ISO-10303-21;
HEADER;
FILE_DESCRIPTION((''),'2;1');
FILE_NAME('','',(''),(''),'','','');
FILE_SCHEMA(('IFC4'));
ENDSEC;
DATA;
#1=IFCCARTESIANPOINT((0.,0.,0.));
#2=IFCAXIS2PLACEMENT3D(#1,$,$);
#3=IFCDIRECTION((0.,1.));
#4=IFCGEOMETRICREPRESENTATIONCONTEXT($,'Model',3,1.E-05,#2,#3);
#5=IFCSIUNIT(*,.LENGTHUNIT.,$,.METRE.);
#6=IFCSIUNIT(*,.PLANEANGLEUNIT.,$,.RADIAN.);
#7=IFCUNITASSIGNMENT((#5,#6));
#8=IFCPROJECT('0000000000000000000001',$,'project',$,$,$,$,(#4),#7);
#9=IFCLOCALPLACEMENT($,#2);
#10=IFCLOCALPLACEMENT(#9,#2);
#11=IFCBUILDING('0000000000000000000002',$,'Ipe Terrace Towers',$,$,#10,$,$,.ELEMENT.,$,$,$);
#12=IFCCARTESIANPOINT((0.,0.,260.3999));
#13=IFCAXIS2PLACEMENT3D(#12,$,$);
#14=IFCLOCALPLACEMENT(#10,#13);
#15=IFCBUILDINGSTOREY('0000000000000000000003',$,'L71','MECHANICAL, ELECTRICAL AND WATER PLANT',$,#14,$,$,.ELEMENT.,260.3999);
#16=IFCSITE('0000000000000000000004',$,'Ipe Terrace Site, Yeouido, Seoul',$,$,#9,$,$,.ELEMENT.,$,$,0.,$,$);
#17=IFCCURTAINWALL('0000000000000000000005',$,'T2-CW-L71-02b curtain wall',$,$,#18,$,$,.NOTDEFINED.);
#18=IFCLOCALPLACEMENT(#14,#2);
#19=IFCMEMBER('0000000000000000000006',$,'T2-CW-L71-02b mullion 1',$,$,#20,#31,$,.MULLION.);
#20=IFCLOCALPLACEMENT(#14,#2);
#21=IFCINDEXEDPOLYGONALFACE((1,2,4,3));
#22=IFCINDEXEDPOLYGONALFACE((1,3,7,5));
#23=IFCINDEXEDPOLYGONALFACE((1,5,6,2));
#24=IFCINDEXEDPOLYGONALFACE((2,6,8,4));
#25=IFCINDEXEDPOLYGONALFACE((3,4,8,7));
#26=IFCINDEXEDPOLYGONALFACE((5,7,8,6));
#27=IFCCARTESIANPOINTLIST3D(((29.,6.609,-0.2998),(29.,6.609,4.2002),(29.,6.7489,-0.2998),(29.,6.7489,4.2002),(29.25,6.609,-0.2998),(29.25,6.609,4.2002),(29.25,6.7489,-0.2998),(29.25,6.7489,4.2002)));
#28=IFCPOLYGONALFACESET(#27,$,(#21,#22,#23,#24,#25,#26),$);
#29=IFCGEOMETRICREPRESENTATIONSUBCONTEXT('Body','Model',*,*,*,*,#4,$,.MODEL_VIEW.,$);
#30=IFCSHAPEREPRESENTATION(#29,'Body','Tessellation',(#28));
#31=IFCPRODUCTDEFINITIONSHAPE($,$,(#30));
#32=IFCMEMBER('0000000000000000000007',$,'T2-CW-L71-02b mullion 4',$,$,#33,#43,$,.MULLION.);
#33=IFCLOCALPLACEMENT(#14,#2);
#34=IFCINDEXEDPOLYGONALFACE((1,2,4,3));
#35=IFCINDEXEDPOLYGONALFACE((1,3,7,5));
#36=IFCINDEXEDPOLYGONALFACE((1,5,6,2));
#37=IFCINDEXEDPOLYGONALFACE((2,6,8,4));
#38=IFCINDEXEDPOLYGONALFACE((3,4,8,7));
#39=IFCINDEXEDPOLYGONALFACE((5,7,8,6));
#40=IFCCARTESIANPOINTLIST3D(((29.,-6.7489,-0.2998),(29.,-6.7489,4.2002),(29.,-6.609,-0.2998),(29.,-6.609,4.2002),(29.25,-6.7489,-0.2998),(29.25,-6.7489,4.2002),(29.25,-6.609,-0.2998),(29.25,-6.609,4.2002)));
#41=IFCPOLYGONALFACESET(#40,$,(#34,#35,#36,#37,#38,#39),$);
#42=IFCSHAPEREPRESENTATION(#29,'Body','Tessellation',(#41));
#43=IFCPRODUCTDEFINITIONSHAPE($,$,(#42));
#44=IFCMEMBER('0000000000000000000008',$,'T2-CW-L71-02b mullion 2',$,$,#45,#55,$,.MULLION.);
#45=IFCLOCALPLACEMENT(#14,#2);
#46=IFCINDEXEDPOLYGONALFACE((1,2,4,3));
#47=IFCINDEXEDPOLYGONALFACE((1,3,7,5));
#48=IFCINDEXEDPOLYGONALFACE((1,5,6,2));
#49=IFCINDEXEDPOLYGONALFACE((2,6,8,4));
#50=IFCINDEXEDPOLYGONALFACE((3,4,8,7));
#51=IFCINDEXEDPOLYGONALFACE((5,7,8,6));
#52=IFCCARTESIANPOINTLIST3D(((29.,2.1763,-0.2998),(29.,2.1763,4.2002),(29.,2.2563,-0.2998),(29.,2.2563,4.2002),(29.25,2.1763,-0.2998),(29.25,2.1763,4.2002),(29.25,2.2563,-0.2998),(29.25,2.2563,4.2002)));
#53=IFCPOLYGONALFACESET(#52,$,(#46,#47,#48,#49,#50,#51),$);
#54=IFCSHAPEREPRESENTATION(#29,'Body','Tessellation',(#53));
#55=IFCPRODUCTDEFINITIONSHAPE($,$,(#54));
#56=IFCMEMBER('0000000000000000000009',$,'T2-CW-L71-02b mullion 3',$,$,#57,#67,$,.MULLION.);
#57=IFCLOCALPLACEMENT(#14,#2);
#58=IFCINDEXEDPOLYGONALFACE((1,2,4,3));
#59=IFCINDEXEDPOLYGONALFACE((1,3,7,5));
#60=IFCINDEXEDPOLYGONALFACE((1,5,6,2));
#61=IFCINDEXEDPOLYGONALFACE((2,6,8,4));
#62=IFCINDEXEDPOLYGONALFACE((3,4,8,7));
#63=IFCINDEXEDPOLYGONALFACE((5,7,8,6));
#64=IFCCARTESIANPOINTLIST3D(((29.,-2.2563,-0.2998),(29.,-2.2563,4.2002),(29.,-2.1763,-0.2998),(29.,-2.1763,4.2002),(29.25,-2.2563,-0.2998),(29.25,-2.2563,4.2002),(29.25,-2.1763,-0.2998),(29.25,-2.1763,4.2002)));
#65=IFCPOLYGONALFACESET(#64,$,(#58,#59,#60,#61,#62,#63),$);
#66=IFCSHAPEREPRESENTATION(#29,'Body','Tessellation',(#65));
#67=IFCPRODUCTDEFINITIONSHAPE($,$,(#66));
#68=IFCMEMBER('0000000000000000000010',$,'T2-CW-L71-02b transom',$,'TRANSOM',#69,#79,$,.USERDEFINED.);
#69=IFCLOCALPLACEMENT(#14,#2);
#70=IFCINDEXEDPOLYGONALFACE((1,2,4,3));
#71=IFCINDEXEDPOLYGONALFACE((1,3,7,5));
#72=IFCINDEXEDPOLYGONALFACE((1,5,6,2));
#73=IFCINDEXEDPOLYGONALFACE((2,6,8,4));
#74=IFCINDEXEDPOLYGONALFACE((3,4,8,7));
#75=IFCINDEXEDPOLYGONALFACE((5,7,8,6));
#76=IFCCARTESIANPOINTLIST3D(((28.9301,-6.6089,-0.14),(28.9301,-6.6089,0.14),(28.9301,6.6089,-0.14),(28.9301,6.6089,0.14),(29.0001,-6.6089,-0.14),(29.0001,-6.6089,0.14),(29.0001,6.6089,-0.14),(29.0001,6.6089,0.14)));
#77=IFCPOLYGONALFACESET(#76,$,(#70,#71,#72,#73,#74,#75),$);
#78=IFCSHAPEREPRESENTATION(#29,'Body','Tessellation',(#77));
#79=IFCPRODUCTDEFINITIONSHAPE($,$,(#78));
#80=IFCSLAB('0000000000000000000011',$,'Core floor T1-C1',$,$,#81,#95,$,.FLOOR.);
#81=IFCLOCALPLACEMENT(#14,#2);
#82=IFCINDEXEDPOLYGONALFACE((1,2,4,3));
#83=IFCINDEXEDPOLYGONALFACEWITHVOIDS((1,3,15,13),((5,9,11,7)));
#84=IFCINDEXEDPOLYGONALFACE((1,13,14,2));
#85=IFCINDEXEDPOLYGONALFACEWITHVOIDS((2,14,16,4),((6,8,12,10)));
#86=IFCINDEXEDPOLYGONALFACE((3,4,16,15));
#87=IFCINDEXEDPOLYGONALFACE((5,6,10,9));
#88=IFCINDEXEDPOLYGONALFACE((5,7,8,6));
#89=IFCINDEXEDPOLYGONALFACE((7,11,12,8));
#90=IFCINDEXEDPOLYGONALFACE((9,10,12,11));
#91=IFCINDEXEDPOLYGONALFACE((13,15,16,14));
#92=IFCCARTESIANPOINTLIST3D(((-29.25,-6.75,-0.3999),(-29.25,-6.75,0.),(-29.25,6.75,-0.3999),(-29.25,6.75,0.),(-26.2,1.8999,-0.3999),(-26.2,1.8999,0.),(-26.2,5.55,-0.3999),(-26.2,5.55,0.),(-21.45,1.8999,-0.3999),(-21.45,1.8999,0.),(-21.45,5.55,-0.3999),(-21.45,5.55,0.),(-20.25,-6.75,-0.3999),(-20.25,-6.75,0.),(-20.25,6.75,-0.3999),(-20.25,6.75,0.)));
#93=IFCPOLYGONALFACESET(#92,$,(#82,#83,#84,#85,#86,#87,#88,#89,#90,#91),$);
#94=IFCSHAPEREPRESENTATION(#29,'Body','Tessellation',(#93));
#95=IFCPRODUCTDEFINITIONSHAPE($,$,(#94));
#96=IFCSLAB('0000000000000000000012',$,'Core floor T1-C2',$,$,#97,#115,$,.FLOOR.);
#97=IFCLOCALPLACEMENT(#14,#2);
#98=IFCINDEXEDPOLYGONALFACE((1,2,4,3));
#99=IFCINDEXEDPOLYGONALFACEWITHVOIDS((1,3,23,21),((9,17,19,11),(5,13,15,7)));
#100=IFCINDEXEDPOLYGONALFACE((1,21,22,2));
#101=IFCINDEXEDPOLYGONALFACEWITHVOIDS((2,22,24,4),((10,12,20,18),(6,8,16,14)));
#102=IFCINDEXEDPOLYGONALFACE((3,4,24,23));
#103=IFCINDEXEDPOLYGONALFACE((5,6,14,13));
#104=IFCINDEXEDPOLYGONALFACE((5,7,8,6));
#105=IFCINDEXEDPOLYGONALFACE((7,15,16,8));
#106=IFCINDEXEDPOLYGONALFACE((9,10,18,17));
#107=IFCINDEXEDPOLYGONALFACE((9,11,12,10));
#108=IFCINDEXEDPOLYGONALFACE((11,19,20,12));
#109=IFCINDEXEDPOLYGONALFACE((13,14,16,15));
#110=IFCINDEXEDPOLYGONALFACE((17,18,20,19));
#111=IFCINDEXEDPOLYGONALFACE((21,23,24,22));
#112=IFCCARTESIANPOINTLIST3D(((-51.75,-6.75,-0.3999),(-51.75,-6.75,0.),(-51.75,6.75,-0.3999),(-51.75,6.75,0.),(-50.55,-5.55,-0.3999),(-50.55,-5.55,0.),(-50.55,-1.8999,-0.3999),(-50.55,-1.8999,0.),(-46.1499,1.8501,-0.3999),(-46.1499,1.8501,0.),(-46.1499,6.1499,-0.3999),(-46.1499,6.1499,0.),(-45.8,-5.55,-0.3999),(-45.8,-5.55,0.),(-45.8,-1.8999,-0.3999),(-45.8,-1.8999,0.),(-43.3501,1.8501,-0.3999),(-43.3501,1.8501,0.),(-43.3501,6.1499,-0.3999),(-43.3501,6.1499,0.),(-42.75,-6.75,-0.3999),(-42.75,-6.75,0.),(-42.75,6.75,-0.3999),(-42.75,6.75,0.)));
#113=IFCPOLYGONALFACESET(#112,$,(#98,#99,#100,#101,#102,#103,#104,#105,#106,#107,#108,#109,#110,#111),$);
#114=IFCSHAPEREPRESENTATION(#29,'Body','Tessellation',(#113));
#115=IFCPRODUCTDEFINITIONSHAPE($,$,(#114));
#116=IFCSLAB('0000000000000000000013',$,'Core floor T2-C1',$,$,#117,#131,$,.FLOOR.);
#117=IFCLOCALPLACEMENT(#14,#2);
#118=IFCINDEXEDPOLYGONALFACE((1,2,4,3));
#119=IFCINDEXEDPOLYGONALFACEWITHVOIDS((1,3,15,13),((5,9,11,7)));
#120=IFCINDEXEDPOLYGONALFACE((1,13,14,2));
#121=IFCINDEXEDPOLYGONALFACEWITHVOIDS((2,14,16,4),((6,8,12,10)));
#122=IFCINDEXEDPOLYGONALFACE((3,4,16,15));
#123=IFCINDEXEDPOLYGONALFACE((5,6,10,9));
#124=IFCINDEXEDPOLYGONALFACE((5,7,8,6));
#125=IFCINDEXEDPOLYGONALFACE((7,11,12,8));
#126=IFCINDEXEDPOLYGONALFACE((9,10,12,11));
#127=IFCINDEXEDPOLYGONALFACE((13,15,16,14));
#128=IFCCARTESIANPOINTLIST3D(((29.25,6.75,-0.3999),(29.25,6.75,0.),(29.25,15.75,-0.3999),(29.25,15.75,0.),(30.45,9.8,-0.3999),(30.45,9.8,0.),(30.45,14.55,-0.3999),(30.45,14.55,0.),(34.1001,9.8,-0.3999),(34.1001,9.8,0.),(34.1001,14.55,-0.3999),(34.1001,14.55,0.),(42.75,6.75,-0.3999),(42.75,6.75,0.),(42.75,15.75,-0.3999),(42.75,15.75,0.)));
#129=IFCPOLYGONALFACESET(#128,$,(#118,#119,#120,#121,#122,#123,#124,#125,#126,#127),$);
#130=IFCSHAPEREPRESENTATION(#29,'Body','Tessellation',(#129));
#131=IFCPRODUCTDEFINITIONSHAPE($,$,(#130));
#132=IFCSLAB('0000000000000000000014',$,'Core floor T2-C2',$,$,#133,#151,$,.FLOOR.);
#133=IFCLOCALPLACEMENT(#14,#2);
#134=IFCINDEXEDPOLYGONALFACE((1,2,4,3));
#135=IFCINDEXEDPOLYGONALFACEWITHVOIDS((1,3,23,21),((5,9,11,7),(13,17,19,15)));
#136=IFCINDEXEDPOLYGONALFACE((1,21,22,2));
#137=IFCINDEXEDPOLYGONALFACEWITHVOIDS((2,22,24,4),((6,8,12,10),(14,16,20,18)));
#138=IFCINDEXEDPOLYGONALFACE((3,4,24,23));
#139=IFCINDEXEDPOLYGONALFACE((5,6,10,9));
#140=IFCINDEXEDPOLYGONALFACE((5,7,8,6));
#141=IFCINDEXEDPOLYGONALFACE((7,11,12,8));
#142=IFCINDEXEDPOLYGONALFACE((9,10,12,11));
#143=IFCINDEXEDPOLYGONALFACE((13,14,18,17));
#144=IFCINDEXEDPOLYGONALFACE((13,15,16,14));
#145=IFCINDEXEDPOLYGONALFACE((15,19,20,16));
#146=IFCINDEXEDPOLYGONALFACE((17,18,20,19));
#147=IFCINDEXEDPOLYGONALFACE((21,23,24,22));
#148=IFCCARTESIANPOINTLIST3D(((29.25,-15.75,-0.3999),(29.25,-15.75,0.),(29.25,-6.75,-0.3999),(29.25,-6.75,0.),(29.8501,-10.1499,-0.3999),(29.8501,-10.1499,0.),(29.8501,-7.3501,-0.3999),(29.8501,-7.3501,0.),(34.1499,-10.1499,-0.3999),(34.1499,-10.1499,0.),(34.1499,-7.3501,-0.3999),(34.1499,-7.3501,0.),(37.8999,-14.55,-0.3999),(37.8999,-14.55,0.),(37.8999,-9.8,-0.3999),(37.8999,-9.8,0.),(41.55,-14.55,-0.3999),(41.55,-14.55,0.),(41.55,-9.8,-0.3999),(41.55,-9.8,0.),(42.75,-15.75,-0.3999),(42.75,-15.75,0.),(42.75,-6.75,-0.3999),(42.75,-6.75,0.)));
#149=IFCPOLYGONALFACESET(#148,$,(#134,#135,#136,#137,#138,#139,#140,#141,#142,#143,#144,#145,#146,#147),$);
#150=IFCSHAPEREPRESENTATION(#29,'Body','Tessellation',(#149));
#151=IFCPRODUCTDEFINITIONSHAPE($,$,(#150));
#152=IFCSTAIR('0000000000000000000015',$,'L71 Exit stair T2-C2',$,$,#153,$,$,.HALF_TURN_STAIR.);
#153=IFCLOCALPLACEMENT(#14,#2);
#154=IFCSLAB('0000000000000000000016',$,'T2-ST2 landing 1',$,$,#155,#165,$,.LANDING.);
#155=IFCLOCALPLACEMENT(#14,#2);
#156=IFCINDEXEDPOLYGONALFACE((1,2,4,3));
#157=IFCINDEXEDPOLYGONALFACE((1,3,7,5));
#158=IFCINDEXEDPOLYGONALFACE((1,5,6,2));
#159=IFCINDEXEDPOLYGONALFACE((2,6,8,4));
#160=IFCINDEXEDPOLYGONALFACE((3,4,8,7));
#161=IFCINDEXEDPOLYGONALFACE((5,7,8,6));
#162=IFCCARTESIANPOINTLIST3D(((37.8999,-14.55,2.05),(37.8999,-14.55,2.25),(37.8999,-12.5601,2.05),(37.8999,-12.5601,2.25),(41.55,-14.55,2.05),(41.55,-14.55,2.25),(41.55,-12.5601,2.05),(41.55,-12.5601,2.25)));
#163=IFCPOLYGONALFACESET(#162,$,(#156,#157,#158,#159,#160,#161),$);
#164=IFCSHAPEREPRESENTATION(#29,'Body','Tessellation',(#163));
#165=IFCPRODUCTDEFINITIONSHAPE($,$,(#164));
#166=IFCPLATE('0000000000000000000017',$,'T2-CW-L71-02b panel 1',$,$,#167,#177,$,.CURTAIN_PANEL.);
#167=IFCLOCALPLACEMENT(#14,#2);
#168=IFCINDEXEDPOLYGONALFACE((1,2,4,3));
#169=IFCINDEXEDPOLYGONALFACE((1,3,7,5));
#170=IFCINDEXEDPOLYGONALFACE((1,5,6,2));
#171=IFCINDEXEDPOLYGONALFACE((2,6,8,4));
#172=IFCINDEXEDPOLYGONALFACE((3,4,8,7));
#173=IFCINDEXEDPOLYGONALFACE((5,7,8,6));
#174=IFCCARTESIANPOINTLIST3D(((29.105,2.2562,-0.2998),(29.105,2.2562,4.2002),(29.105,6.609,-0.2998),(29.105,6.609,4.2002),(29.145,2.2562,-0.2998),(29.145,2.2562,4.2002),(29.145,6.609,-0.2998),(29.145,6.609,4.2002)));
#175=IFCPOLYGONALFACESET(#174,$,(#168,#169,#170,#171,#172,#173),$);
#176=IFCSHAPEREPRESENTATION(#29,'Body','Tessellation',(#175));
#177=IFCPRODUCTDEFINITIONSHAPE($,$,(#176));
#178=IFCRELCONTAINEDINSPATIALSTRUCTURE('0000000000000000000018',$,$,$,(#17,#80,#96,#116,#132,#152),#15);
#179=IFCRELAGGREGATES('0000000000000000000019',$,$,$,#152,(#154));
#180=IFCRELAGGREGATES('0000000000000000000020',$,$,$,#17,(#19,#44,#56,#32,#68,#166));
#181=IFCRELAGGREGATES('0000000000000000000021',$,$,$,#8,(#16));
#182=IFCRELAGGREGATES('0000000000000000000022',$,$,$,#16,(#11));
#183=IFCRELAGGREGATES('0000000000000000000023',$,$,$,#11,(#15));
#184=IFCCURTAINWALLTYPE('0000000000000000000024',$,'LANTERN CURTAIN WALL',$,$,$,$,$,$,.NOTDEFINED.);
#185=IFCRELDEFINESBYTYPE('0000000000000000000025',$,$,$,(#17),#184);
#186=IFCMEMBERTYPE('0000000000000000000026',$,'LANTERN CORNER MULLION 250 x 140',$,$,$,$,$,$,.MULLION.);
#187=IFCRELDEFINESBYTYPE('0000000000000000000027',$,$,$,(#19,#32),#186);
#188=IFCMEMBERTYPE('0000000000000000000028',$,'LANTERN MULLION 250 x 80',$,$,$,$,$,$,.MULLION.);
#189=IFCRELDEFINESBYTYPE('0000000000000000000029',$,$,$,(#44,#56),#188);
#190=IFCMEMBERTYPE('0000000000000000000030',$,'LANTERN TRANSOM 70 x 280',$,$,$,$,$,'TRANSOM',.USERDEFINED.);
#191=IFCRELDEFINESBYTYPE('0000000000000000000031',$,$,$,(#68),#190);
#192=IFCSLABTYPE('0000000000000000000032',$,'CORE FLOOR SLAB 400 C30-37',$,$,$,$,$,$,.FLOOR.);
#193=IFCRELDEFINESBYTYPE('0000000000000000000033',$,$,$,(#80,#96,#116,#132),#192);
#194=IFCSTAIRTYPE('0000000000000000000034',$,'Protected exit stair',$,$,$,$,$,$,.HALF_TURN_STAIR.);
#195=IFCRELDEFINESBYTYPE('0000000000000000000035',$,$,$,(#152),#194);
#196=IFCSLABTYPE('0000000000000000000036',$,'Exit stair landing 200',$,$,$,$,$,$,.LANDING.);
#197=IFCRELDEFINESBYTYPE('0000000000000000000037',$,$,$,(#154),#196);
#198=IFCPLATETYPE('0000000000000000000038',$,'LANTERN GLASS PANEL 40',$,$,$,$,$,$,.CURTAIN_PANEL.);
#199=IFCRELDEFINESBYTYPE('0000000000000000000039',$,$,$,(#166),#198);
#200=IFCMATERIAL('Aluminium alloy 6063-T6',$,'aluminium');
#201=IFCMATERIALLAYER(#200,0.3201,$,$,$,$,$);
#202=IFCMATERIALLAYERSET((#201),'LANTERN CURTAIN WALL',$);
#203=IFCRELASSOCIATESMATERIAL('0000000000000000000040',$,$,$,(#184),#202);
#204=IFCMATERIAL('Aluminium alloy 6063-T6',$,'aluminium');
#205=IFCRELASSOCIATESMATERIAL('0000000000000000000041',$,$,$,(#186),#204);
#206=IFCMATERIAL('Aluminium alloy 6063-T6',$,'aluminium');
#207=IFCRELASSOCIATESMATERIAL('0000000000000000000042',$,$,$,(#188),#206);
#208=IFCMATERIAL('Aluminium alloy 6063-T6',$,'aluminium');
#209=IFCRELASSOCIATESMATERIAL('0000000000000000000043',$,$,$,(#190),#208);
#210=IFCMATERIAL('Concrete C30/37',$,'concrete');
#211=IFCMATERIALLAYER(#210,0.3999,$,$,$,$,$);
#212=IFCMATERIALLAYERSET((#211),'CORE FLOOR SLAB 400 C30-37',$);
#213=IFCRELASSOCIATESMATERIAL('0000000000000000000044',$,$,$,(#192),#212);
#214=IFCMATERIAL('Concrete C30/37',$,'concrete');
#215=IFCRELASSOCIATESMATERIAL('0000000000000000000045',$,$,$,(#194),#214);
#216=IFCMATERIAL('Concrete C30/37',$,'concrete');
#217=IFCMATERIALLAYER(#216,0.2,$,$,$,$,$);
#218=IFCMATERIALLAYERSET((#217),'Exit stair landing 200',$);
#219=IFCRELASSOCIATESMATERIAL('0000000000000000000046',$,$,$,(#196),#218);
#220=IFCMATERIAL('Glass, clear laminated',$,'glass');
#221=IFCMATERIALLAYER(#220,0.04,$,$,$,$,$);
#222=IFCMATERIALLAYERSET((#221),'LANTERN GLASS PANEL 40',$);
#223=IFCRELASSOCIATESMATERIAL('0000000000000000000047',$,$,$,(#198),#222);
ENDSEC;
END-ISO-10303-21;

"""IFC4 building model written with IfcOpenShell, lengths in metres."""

from ifc_helpers import new_model, si_unit, direction, frame, origin, origin_2d, place, context, subcontext, project, spatial, polyline, rectangle, outline, extrude, material, layer, layer_set, material_profile, profile_set, type_object, element, aggregate, save


model = new_model("IFC4")

# Units and contexts
model_context = context("Model", 3, precision=1e-05, world=origin(), true_north=direction((0.0, 1.0)))
body_context = subcontext(model_context, "Body", "Model", "MODEL_VIEW")
ifc_project = project(units=[si_unit("LENGTHUNIT", "METRE"), si_unit("PLANEANGLEUNIT", "RADIAN")], contexts=[model_context])

# Site, building, storey
site_placement = place(None, origin())
site = spatial("IfcSite", under=ifc_project, at=site_placement, Name="Ipe Terrace Site, Yeouido, Seoul", CompositionType="ELEMENT", RefElevation=0.0)
building_placement = place(site_placement, origin())
building = spatial("IfcBuilding", under=site, at=building_placement, Name="Ipe Terrace Towers", CompositionType="ELEMENT")
storey_placement = place(building_placement, frame((0.0, 0.0, 260.3999)))
storey = spatial("IfcBuildingStorey", under=building, at=storey_placement, Name="L71", Description="MECHANICAL, ELECTRICAL AND WATER PLANT", CompositionType="ELEMENT", Elevation=260.3999)

# Curtain wall, members
ifc_material_1 = material(Name="Aluminium alloy 6063-T6", Category="aluminium")
ifc_layer_1 = layer(ifc_material_1, 0.3201)
ifc_layer_set_1 = layer_set([ifc_layer_1], Name="LANTERN CURTAIN WALL")
curtain_wall_type = type_object("IfcCurtainWallType", Name="LANTERN CURTAIN WALL", PredefinedType="NOTDEFINED", material=ifc_layer_set_1)
curtain_wall_placement = place(storey_placement, origin())
curtain_wall = element("IfcCurtainWall", 1, at=curtain_wall_placement, inside=storey, type_object=curtain_wall_type, Name="T2-CW-L71-02b curtain wall", PredefinedType="NOTDEFINED")
ifc_material_2 = material(Name="Aluminium alloy 6063-T6", Category="aluminium")
ifc_material_profile_1 = material_profile(ifc_material_2, rectangle(XDim=0.25, YDim=0.1399, at=origin_2d()), Name="LANTERN CORNER MULLION 250 x 140")
ifc_profile_set_1 = profile_set([ifc_material_profile_1], Name="Aluminium alloy 6063-T6")
member_type_1 = type_object("IfcMemberType", Name="LANTERN CORNER MULLION 250 x 140", PredefinedType="MULLION", material=ifc_profile_set_1)
member_1_placement = place(storey_placement, frame((29.125, 6.679, -0.2998), z_axis=(0.0, 0.0, 1.0), x_axis=(-1.0, 0.0, 0.0)))
member_1 = element("IfcMember", 2, at=member_1_placement, type_object=member_type_1, Name="T2-CW-L71-02b mullion 1", PredefinedType="MULLION", context=body_context, shape_type="SweptSolid", body=[
    extrude(rectangle(XDim=0.25, YDim=0.1399, at=origin_2d()), origin(), (0.0, 0.0, 1.0), 4.5),
])
member_2_placement = place(storey_placement, frame((29.125, -6.679, -0.2998), z_axis=(0.0, 0.0, 1.0), x_axis=(-1.0, 0.0, 0.0)))
member_2 = element("IfcMember", 3, at=member_2_placement, type_object=member_type_1, Name="T2-CW-L71-02b mullion 4", PredefinedType="MULLION", context=body_context, shape_type="SweptSolid", body=[
    extrude(rectangle(XDim=0.25, YDim=0.1399, at=origin_2d()), origin(), (0.0, 0.0, 1.0), 4.5),
])
ifc_material_3 = material(Name="Aluminium alloy 6063-T6", Category="aluminium")
ifc_material_profile_2 = material_profile(ifc_material_3, rectangle(XDim=0.25, YDim=0.0801, at=origin_2d()), Name="LANTERN MULLION 250 x 80")
ifc_profile_set_2 = profile_set([ifc_material_profile_2], Name="Aluminium alloy 6063-T6")
member_type_2 = type_object("IfcMemberType", Name="LANTERN MULLION 250 x 80", PredefinedType="MULLION", material=ifc_profile_set_2)
member_3_placement = place(storey_placement, frame((29.125, 2.2163, -0.2998), z_axis=(0.0, 0.0, 1.0), x_axis=(-1.0, 0.0, 0.0)))
member_3 = element("IfcMember", 4, at=member_3_placement, type_object=member_type_2, Name="T2-CW-L71-02b mullion 2", PredefinedType="MULLION", context=body_context, shape_type="SweptSolid", body=[
    extrude(rectangle(XDim=0.25, YDim=0.0801, at=origin_2d()), origin(), (0.0, 0.0, 1.0), 4.5),
])
member_4_placement = place(storey_placement, frame((29.125, -2.2163, -0.2998), z_axis=(0.0, 0.0, 1.0), x_axis=(-1.0, 0.0, 0.0)))
member_4 = element("IfcMember", 5, at=member_4_placement, type_object=member_type_2, Name="T2-CW-L71-02b mullion 3", PredefinedType="MULLION", context=body_context, shape_type="SweptSolid", body=[
    extrude(rectangle(XDim=0.25, YDim=0.0801, at=origin_2d()), origin(), (0.0, 0.0, 1.0), 4.5),
])
ifc_material_4 = material(Name="Aluminium alloy 6063-T6", Category="aluminium")
ifc_material_profile_3 = material_profile(ifc_material_4, rectangle(XDim=0.0701, YDim=0.28, at=origin_2d()), Name="LANTERN TRANSOM 70 x 280")
ifc_profile_set_3 = profile_set([ifc_material_profile_3], Name="Aluminium alloy 6063-T6")
member_type_3 = type_object("IfcMemberType", Name="LANTERN TRANSOM 70 x 280", ElementType="TRANSOM", PredefinedType="USERDEFINED", material=ifc_profile_set_3)
member_5_placement = place(storey_placement, frame((28.9651, 6.6089, 0.0), z_axis=(0.0, -1.0, 0.0), x_axis=(-1.0, 0.0, 0.0)))
member_5 = element("IfcMember", 6, at=member_5_placement, type_object=member_type_3, Name="T2-CW-L71-02b transom", ObjectType="TRANSOM", PredefinedType="USERDEFINED", context=body_context, shape_type="SweptSolid", body=[
    extrude(rectangle(XDim=0.0701, YDim=0.28, at=origin_2d()), origin(), (0.0, 0.0, 1.0), 13.2178),
])

# Slabs
ifc_material_5 = material(Name="Concrete C30/37", Category="concrete")
ifc_layer_2 = layer(ifc_material_5, 0.3999)
ifc_layer_set_2 = layer_set([ifc_layer_2], Name="CORE FLOOR SLAB 400 C30-37")
slab_type_1 = type_object("IfcSlabType", Name="CORE FLOOR SLAB 400 C30-37", PredefinedType="FLOOR", material=ifc_layer_set_2)
slab_1_placement = place(storey_placement, frame((0.0, 0.0, -0.3999)))
element("IfcSlab", 7, at=slab_1_placement, inside=storey, type_object=slab_type_1, Name="Core floor T1-C1", PredefinedType="FLOOR", context=body_context, shape_type="SweptSolid", body=[
    extrude(outline(polyline([(-29.25, -6.75), (-29.25, 6.75), (-20.25, 6.75), (-20.25, -6.75), (-29.25, -6.75)]), holes=[polyline([(-21.45, 1.8999), (-21.45, 5.55), (-26.2, 5.55), (-26.2, 1.8999), (-21.45, 1.8999)])]), origin(), (0.0, 0.0, 1.0), 0.3999),
])
slab_2_placement = place(storey_placement, frame((0.0, 0.0, -0.3999)))
element("IfcSlab", 8, at=slab_2_placement, inside=storey, type_object=slab_type_1, Name="Core floor T1-C2", PredefinedType="FLOOR", context=body_context, shape_type="SweptSolid", body=[
    extrude(outline(polyline([(-51.75, -6.75), (-51.75, 6.75), (-42.75, 6.75), (-42.75, -6.75), (-51.75, -6.75)]), holes=[polyline([(-45.8, -1.8999), (-50.55, -1.8999), (-50.55, -5.55), (-45.8, -5.55), (-45.8, -1.8999)]), polyline([(-43.3501, 6.1499), (-46.1499, 6.1499), (-46.1499, 1.8501), (-43.3501, 1.8501), (-43.3501, 6.1499)])]), origin(), (0.0, 0.0, 1.0), 0.3999),
])
slab_3_placement = place(storey_placement, frame((0.0, 0.0, -0.3999)))
element("IfcSlab", 9, at=slab_3_placement, inside=storey, type_object=slab_type_1, Name="Core floor T2-C1", PredefinedType="FLOOR", context=body_context, shape_type="SweptSolid", body=[
    extrude(outline(polyline([(29.25, 6.75), (29.25, 15.75), (42.75, 15.75), (42.75, 6.75), (29.25, 6.75)]), holes=[polyline([(34.1001, 14.55), (30.45, 14.55), (30.45, 9.8), (34.1001, 9.8), (34.1001, 14.55)])]), origin(), (0.0, 0.0, 1.0), 0.3999),
])
slab_4_placement = place(storey_placement, frame((0.0, 0.0, -0.3999)))
element("IfcSlab", 10, at=slab_4_placement, inside=storey, type_object=slab_type_1, Name="Core floor T2-C2", PredefinedType="FLOOR", context=body_context, shape_type="SweptSolid", body=[
    extrude(outline(polyline([(29.25, -15.75), (29.25, -6.75), (42.75, -6.75), (42.75, -15.75), (29.25, -15.75)]), holes=[polyline([(37.8999, -9.8), (37.8999, -14.55), (41.55, -14.55), (41.55, -9.8), (37.8999, -9.8)]), polyline([(29.8501, -7.3501), (29.8501, -10.1499), (34.1499, -10.1499), (34.1499, -7.3501), (29.8501, -7.3501)])]), origin(), (0.0, 0.0, 1.0), 0.3999),
])

# Stair, slab
ifc_material_6 = material(Name="Concrete C30/37", Category="concrete")
stair_type = type_object("IfcStairType", Name="Protected exit stair", PredefinedType="HALF_TURN_STAIR", material=ifc_material_6)
stair_placement = place(storey_placement, origin())
stair = element("IfcStair", 11, at=stair_placement, inside=storey, type_object=stair_type, Name="L71 Exit stair T2-C2", PredefinedType="HALF_TURN_STAIR")
ifc_material_7 = material(Name="Concrete C30/37", Category="concrete")
ifc_layer_3 = layer(ifc_material_7, 0.2)
ifc_layer_set_3 = layer_set([ifc_layer_3], Name="Exit stair landing 200")
slab_type_2 = type_object("IfcSlabType", Name="Exit stair landing 200", PredefinedType="LANDING", material=ifc_layer_set_3)
slab_5_placement = place(storey_placement, frame((0.0, 0.0, 2.05)))
slab_5 = element("IfcSlab", 12, at=slab_5_placement, type_object=slab_type_2, Name="T2-ST2 landing 1", PredefinedType="LANDING", context=body_context, shape_type="SweptSolid", body=[
    extrude(outline(polyline([(37.8999, -12.5601), (37.8999, -14.55), (41.55, -14.55), (41.55, -12.5601), (37.8999, -12.5601)])), origin(), (0.0, 0.0, 1.0), 0.2),
])
aggregate(stair, [slab_5])

# Plate
ifc_material_8 = material(Name="Glass, clear laminated", Category="glass")
ifc_layer_4 = layer(ifc_material_8, 0.04)
ifc_layer_set_4 = layer_set([ifc_layer_4], Name="LANTERN GLASS PANEL 40")
plate_type = type_object("IfcPlateType", Name="LANTERN GLASS PANEL 40", PredefinedType="CURTAIN_PANEL", material=ifc_layer_set_4)
plate_1_placement = place(storey_placement, frame((29.125, 4.4326, -0.2998), z_axis=(0.0, 0.0, 1.0), x_axis=(0.0, -1.0, 0.0)))
plate_1 = element("IfcPlate", 13, at=plate_1_placement, type_object=plate_type, Name="T2-CW-L71-02b panel 1", PredefinedType="CURTAIN_PANEL", context=body_context, shape_type="SweptSolid", body=[
    extrude(rectangle(XDim=4.3528, YDim=0.04, at=origin_2d()), origin(), (0.0, 0.0, 1.0), 4.5),
])
aggregate(curtain_wall, [member_1, member_3, member_4, member_2, member_5, plate_1])

save(model, "model.ifc")
